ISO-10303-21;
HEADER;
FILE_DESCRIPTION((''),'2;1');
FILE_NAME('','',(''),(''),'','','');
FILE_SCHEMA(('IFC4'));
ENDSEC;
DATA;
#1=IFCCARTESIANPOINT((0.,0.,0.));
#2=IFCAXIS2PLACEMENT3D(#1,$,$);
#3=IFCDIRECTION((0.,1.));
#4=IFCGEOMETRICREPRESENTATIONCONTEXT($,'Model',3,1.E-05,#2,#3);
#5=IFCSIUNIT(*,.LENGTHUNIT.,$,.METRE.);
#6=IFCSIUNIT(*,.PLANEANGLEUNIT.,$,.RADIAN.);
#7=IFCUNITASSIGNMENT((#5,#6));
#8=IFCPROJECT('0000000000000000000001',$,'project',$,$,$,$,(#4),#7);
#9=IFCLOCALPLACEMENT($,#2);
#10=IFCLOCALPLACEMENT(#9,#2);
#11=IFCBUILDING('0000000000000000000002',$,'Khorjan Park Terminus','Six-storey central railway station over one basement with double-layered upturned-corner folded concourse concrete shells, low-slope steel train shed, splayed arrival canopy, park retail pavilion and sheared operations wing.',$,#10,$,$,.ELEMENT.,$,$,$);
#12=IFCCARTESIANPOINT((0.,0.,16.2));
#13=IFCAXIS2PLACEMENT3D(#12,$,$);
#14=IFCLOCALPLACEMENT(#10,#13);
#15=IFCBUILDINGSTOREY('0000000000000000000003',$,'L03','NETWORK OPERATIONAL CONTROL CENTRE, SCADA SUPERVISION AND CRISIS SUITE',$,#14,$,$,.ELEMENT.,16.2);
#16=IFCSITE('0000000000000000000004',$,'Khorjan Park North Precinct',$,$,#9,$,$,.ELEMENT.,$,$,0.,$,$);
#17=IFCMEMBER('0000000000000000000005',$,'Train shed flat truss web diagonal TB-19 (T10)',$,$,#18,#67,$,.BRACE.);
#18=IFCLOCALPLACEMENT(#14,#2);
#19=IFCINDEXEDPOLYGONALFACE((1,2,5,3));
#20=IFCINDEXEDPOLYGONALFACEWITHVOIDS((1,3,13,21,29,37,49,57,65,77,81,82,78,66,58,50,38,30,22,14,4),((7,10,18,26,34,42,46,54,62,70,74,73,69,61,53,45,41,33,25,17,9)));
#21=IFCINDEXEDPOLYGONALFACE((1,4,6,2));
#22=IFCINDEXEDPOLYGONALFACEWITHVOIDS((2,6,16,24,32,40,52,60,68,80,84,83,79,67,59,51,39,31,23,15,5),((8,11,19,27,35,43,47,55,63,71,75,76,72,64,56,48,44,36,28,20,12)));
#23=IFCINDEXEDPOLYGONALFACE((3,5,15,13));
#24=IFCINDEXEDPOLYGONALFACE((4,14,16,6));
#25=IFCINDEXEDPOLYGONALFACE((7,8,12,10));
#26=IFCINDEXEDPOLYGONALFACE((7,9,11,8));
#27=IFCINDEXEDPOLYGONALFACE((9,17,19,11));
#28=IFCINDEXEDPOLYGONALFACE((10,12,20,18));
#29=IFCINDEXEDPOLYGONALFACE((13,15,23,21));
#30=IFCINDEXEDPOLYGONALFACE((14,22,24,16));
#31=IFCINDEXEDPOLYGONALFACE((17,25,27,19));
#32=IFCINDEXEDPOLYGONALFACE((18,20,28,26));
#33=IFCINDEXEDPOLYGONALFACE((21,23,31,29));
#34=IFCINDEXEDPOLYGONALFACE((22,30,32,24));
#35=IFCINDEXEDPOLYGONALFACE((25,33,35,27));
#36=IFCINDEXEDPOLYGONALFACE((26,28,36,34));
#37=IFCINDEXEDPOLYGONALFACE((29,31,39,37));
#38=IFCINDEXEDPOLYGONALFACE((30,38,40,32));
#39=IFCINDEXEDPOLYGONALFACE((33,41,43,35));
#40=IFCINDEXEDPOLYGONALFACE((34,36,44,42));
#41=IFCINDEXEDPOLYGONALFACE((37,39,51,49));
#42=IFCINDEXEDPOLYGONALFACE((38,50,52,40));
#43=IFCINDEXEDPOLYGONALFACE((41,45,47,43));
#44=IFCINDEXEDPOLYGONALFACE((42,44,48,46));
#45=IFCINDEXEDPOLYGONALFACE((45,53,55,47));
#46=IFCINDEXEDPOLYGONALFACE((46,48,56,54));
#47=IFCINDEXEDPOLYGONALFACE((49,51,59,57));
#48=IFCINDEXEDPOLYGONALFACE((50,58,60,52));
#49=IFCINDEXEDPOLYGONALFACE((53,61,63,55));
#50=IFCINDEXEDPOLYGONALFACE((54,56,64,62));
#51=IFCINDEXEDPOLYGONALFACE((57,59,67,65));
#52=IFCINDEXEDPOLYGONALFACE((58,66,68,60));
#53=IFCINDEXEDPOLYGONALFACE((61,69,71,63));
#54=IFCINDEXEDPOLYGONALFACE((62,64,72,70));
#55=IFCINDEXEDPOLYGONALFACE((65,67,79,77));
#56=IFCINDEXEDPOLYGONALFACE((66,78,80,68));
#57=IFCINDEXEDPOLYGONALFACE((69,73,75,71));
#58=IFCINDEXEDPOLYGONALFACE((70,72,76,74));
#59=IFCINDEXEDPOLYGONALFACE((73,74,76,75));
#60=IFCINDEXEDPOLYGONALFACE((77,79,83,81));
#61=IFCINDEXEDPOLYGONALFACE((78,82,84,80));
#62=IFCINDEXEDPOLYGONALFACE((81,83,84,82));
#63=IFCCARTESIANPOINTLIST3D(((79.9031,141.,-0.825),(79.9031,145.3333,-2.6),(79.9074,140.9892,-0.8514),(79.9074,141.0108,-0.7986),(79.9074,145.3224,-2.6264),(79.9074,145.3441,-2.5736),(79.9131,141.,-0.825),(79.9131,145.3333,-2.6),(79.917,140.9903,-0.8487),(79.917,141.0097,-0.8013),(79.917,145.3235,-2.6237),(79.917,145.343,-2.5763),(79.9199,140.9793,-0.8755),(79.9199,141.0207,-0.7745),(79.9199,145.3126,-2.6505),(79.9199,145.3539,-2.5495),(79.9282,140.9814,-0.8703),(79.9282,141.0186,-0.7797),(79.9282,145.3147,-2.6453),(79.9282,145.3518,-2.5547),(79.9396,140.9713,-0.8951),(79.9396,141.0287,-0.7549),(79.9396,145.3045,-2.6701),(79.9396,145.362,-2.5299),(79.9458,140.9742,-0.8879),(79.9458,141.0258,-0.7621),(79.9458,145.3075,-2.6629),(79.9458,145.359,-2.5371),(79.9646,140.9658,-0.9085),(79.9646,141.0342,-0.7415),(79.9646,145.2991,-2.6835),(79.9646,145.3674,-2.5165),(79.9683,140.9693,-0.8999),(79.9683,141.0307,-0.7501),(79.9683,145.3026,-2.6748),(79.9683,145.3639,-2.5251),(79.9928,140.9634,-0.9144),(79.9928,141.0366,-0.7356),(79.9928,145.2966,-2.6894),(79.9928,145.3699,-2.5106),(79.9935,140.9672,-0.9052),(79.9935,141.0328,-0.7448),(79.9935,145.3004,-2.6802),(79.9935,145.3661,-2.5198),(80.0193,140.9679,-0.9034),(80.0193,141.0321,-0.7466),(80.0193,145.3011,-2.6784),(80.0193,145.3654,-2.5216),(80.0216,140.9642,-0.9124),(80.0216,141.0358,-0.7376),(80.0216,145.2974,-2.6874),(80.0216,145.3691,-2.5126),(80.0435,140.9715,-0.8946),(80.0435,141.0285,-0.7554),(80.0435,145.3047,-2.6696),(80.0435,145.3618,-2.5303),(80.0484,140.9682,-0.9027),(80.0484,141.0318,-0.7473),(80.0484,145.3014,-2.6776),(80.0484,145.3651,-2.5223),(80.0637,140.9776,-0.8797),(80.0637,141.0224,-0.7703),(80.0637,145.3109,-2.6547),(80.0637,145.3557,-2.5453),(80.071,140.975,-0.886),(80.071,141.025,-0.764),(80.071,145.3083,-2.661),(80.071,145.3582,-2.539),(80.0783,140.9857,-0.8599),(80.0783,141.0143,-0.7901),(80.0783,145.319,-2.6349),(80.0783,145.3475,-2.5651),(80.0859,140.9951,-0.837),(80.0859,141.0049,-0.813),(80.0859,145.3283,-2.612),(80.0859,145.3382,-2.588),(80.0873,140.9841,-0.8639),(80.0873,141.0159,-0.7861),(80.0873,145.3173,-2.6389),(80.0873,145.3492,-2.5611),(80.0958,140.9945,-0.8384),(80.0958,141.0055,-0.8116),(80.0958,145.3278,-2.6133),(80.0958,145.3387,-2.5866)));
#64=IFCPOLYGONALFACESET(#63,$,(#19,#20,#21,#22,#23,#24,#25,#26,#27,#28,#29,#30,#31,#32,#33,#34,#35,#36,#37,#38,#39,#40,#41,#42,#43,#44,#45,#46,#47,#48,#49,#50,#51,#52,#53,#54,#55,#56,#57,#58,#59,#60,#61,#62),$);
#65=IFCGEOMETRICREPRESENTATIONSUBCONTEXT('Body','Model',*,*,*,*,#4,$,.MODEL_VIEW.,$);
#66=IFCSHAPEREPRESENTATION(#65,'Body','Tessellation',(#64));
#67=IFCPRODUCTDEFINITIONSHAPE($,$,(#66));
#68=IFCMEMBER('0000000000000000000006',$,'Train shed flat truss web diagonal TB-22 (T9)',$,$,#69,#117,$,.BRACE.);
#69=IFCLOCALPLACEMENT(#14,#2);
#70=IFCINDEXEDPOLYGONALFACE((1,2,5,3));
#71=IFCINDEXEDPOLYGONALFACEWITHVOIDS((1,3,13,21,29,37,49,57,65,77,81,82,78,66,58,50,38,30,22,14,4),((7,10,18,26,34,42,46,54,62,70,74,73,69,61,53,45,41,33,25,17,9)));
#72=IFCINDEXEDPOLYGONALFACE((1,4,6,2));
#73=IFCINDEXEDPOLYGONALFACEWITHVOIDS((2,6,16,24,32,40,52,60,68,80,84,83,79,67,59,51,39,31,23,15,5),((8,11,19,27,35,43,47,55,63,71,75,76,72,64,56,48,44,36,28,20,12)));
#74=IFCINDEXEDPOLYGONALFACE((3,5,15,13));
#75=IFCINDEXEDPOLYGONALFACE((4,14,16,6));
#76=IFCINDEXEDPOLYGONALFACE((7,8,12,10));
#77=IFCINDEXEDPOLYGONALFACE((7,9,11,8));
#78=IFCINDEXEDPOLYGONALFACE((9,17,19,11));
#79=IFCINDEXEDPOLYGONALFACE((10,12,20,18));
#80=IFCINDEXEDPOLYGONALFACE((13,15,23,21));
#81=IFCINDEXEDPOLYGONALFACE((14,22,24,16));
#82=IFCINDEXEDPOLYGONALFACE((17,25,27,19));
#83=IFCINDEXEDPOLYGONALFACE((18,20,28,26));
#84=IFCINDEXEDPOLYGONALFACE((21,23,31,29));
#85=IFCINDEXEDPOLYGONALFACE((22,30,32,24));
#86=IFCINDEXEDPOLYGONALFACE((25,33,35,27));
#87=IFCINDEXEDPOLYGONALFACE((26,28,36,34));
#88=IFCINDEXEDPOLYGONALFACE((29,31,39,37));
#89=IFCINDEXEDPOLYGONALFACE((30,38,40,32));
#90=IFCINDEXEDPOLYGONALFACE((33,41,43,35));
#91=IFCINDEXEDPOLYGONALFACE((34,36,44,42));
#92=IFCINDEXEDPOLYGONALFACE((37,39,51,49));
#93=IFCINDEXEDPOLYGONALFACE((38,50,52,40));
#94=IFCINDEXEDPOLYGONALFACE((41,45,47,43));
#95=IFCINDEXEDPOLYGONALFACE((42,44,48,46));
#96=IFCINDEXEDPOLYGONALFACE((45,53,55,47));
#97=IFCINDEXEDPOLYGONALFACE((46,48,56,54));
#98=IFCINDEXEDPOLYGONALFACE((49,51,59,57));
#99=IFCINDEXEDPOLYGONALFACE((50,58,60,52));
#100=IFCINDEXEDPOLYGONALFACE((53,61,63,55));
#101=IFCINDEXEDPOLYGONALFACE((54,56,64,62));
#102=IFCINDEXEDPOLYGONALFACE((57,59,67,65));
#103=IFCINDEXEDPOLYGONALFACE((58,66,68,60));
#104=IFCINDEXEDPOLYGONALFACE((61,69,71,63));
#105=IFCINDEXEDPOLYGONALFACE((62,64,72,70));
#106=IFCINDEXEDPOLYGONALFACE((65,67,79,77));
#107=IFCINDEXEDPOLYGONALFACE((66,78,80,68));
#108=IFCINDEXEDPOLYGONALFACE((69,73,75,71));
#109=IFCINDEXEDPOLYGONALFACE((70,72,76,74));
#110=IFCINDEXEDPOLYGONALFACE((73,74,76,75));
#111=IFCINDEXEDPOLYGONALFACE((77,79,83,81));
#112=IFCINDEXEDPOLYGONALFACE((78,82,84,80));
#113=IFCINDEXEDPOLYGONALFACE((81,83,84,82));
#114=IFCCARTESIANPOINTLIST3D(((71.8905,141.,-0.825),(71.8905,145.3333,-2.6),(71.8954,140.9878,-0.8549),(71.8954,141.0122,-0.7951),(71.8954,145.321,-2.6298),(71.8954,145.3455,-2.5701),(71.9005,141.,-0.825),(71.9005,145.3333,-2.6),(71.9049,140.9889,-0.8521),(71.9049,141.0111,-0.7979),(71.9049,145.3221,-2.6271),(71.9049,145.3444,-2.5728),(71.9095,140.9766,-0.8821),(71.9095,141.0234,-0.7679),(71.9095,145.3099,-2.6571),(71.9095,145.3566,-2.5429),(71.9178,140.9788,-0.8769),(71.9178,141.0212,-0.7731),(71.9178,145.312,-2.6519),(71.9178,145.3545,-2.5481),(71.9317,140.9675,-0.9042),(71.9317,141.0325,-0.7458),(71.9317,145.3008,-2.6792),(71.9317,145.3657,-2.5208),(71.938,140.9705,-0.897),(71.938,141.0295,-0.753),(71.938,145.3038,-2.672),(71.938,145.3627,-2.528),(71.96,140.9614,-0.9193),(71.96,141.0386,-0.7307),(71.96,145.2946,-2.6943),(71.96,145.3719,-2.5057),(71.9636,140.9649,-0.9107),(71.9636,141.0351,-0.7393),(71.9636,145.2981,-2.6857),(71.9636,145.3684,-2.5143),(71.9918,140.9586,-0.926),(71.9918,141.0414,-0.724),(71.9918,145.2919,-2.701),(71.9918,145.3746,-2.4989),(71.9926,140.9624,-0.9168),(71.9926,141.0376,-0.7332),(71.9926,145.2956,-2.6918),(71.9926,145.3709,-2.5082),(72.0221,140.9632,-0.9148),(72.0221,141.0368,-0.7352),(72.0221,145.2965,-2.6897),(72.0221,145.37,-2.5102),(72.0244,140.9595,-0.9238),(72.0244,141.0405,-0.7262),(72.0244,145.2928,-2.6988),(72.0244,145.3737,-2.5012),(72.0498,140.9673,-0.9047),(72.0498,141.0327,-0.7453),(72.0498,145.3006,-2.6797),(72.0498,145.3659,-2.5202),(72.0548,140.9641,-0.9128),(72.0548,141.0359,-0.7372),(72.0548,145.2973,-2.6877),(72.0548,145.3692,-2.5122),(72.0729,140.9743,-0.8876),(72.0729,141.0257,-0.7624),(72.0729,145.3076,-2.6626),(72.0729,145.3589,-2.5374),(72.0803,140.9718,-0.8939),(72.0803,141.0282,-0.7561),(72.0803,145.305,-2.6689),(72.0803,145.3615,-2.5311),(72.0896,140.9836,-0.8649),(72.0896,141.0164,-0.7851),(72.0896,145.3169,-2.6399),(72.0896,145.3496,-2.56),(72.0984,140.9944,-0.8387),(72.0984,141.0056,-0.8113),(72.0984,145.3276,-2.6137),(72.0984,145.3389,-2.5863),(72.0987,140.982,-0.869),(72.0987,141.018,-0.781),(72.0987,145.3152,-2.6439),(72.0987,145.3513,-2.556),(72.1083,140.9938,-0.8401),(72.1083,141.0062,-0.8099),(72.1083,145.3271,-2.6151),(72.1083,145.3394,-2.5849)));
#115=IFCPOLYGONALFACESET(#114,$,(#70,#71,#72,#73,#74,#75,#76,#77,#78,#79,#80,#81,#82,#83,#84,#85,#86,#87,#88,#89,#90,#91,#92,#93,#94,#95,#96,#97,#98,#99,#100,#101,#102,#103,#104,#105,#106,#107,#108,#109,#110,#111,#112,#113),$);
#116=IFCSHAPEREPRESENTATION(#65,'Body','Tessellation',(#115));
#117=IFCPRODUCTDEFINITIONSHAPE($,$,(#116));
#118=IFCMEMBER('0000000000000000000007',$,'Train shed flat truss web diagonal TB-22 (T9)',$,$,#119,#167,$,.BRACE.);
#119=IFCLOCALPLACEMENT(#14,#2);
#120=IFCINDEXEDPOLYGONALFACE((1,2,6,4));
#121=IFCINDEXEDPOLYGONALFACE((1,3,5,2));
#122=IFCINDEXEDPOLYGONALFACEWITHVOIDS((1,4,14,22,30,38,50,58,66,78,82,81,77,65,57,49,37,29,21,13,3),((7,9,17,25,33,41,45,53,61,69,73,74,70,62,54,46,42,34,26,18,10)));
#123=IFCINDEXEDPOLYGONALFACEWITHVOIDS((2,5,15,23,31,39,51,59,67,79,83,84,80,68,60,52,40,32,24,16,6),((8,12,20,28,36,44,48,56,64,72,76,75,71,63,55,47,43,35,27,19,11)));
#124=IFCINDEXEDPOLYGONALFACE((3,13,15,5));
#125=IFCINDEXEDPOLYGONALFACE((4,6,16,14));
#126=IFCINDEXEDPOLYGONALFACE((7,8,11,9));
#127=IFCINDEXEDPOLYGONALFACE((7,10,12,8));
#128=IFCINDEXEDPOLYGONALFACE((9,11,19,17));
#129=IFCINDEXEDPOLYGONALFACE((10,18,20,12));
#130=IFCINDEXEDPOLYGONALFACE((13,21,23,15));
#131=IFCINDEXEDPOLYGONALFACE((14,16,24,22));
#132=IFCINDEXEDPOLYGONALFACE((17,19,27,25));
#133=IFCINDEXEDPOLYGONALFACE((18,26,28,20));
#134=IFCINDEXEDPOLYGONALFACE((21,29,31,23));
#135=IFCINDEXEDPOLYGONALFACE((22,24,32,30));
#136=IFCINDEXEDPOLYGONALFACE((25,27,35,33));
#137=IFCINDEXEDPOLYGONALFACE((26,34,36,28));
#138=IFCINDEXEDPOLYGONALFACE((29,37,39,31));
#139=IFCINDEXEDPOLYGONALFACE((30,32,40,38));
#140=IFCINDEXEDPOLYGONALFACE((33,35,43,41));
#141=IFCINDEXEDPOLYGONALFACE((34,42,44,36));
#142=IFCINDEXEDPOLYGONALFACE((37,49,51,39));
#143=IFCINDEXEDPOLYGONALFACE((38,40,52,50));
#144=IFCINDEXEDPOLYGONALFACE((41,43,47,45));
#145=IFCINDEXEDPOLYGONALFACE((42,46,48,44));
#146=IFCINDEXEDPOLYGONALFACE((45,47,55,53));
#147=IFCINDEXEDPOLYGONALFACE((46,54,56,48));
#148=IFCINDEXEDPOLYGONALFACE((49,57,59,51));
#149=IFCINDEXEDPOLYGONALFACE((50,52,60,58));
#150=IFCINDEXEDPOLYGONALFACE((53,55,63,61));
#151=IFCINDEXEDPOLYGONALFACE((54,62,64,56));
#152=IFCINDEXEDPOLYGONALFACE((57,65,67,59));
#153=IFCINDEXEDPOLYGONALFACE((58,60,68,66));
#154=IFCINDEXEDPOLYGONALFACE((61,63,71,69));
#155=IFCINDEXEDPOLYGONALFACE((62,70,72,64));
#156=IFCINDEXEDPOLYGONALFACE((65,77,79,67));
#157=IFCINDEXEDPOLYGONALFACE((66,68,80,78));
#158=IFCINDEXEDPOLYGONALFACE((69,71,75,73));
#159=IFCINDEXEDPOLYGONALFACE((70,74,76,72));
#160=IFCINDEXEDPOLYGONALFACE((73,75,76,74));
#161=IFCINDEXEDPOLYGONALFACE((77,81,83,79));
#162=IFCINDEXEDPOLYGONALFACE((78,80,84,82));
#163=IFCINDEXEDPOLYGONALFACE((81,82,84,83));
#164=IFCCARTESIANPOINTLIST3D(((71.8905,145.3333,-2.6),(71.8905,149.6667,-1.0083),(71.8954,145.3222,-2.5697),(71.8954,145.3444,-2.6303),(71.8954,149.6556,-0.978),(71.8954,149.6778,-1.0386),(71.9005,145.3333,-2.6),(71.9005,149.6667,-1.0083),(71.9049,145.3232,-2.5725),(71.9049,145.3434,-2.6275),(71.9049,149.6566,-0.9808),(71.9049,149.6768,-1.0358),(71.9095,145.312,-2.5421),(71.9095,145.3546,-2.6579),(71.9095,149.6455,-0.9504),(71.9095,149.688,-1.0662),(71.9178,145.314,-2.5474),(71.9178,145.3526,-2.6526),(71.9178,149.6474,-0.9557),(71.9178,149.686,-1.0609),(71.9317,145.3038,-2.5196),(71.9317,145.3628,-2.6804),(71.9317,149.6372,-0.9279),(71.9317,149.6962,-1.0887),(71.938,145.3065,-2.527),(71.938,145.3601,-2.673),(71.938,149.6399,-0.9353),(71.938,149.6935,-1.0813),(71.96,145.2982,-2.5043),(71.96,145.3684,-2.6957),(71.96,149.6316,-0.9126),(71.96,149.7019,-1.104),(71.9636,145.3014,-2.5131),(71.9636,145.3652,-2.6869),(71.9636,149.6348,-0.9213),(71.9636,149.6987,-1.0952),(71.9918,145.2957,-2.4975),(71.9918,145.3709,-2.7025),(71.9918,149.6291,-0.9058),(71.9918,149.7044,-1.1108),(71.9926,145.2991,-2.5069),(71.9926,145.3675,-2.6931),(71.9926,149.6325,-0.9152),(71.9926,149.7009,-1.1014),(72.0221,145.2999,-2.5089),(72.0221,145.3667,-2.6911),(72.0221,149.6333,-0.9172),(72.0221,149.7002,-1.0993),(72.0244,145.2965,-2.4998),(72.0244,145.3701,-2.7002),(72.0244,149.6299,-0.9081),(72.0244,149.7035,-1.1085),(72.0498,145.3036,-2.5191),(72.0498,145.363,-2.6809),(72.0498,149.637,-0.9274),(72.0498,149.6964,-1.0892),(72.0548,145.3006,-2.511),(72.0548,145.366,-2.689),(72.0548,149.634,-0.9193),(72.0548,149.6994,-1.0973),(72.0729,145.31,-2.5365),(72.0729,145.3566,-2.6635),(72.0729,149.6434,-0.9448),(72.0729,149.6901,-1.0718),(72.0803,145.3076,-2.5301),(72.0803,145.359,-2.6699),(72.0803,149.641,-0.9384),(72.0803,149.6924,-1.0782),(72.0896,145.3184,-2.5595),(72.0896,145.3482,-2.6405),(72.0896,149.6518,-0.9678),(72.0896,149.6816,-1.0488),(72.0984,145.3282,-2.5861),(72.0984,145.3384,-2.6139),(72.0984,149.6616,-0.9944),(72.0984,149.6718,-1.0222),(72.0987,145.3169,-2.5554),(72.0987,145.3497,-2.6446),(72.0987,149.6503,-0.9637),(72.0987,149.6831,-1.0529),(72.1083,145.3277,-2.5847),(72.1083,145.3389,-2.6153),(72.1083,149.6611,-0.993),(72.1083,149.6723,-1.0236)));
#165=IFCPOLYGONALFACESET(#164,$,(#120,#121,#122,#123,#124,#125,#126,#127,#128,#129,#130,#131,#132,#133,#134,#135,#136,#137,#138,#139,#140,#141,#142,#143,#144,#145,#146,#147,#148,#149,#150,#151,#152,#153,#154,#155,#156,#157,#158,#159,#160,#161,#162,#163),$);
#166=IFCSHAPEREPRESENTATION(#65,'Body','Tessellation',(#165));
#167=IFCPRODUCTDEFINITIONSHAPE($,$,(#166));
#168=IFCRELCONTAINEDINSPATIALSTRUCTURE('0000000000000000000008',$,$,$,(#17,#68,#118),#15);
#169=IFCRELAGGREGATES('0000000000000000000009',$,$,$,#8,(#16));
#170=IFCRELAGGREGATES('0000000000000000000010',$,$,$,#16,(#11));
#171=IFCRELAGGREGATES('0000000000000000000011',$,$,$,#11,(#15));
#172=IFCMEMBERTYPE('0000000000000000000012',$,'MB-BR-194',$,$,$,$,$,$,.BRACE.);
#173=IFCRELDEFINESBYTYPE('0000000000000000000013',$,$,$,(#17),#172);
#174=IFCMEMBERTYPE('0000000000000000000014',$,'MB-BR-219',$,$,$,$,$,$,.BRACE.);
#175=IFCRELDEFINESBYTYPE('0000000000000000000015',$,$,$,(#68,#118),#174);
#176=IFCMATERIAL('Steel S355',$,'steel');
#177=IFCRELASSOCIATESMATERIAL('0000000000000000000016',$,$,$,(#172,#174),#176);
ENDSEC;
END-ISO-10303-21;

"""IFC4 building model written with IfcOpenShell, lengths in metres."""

from ifc_helpers import new_model, si_unit, direction, frame, origin, origin_2d, place, context, subcontext, project, spatial, hollow_circle, extrude, material, material_profile, profile_set, type_object, element, save


model = new_model("IFC4")

# Units and contexts
model_context = context("Model", 3, precision=1e-05, world=origin(), true_north=direction((0.0, 1.0)))
body_context = subcontext(model_context, "Body", "Model", "MODEL_VIEW")
ifc_project = project(units=[si_unit("LENGTHUNIT", "METRE"), si_unit("PLANEANGLEUNIT", "RADIAN")], contexts=[model_context])

# Site, building, storey
site_placement = place(None, origin())
site = spatial("IfcSite", under=ifc_project, at=site_placement, Name="Khorjan Park North Precinct", CompositionType="ELEMENT", RefElevation=0.0)
building_placement = place(site_placement, origin())
building = spatial("IfcBuilding", under=site, at=building_placement, Name="Khorjan Park Terminus", Description="Six-storey central railway station over one basement with double-layered upturned-corner folded concourse concrete shells, low-slope steel train shed, splayed arrival canopy, park retail pavilion and sheared operations wing.", CompositionType="ELEMENT")
storey_placement = place(building_placement, frame((0.0, 0.0, 16.2)))
storey = spatial("IfcBuildingStorey", under=building, at=storey_placement, Name="L03", Description="NETWORK OPERATIONAL CONTROL CENTRE, SCADA SUPERVISION AND CRISIS SUITE", CompositionType="ELEMENT", Elevation=16.2)

# Members
ifc_material = material(Name="Steel S355", Category="steel")
ifc_material_profile_1 = material_profile(ifc_material, hollow_circle(Radius=0.0969, WallThickness=0.01, at=origin_2d()), Name="CHS 193.7x10")
ifc_profile_set_1 = profile_set([ifc_material_profile_1], Name="Steel S355")
member_type_1 = type_object("IfcMemberType", Name="MB-BR-194", PredefinedType="BRACE", material=ifc_profile_set_1)
member_1_placement = place(storey_placement, frame((80.0, 141.0, -0.825), z_axis=(0.0, 0.925376, -0.379051), x_axis=(-1.0, 0.0, 0.0)))
element("IfcMember", 1, at=member_1_placement, inside=storey, type_object=member_type_1, Name="Train shed flat truss web diagonal TB-19 (T10)", PredefinedType="BRACE", context=body_context, shape_type="SweptSolid", body=[
    extrude(hollow_circle(Radius=0.0969, WallThickness=0.01, at=origin_2d()), origin(), (0.0, 0.0, 1.0), 4.6827),
])
ifc_material_profile_2 = material_profile(ifc_material, hollow_circle(Radius=0.1095, WallThickness=0.01, at=origin_2d()), Name="CHS 219.1x10")
ifc_profile_set_2 = profile_set([ifc_material_profile_2], Name="Steel S355")
member_type_2 = type_object("IfcMemberType", Name="MB-BR-219", PredefinedType="BRACE", material=ifc_profile_set_2)
member_2_placement = place(storey_placement, frame((72.0, 141.0, -0.825), z_axis=(0.0, 0.925376, -0.379051), x_axis=(-1.0, 0.0, 0.0)))
element("IfcMember", 2, at=member_2_placement, inside=storey, type_object=member_type_2, Name="Train shed flat truss web diagonal TB-22 (T9)", PredefinedType="BRACE", context=body_context, shape_type="SweptSolid", body=[
    extrude(hollow_circle(Radius=0.1095, WallThickness=0.01, at=origin_2d()), origin(), (0.0, 0.0, 1.0), 4.6827),
])
member_3_placement = place(storey_placement, frame((72.0, 145.3333, -2.6), z_axis=(0.0, 0.938681, 0.344787), x_axis=(-1.0, 0.0, 0.0)))
element("IfcMember", 3, at=member_3_placement, inside=storey, type_object=member_type_2, Name="Train shed flat truss web diagonal TB-22 (T9)", PredefinedType="BRACE", context=body_context, shape_type="SweptSolid", body=[
    extrude(hollow_circle(Radius=0.1095, WallThickness=0.01, at=origin_2d()), origin(), (0.0, 0.0, 1.0), 4.6165),
])

save(model, "model.ifc")
